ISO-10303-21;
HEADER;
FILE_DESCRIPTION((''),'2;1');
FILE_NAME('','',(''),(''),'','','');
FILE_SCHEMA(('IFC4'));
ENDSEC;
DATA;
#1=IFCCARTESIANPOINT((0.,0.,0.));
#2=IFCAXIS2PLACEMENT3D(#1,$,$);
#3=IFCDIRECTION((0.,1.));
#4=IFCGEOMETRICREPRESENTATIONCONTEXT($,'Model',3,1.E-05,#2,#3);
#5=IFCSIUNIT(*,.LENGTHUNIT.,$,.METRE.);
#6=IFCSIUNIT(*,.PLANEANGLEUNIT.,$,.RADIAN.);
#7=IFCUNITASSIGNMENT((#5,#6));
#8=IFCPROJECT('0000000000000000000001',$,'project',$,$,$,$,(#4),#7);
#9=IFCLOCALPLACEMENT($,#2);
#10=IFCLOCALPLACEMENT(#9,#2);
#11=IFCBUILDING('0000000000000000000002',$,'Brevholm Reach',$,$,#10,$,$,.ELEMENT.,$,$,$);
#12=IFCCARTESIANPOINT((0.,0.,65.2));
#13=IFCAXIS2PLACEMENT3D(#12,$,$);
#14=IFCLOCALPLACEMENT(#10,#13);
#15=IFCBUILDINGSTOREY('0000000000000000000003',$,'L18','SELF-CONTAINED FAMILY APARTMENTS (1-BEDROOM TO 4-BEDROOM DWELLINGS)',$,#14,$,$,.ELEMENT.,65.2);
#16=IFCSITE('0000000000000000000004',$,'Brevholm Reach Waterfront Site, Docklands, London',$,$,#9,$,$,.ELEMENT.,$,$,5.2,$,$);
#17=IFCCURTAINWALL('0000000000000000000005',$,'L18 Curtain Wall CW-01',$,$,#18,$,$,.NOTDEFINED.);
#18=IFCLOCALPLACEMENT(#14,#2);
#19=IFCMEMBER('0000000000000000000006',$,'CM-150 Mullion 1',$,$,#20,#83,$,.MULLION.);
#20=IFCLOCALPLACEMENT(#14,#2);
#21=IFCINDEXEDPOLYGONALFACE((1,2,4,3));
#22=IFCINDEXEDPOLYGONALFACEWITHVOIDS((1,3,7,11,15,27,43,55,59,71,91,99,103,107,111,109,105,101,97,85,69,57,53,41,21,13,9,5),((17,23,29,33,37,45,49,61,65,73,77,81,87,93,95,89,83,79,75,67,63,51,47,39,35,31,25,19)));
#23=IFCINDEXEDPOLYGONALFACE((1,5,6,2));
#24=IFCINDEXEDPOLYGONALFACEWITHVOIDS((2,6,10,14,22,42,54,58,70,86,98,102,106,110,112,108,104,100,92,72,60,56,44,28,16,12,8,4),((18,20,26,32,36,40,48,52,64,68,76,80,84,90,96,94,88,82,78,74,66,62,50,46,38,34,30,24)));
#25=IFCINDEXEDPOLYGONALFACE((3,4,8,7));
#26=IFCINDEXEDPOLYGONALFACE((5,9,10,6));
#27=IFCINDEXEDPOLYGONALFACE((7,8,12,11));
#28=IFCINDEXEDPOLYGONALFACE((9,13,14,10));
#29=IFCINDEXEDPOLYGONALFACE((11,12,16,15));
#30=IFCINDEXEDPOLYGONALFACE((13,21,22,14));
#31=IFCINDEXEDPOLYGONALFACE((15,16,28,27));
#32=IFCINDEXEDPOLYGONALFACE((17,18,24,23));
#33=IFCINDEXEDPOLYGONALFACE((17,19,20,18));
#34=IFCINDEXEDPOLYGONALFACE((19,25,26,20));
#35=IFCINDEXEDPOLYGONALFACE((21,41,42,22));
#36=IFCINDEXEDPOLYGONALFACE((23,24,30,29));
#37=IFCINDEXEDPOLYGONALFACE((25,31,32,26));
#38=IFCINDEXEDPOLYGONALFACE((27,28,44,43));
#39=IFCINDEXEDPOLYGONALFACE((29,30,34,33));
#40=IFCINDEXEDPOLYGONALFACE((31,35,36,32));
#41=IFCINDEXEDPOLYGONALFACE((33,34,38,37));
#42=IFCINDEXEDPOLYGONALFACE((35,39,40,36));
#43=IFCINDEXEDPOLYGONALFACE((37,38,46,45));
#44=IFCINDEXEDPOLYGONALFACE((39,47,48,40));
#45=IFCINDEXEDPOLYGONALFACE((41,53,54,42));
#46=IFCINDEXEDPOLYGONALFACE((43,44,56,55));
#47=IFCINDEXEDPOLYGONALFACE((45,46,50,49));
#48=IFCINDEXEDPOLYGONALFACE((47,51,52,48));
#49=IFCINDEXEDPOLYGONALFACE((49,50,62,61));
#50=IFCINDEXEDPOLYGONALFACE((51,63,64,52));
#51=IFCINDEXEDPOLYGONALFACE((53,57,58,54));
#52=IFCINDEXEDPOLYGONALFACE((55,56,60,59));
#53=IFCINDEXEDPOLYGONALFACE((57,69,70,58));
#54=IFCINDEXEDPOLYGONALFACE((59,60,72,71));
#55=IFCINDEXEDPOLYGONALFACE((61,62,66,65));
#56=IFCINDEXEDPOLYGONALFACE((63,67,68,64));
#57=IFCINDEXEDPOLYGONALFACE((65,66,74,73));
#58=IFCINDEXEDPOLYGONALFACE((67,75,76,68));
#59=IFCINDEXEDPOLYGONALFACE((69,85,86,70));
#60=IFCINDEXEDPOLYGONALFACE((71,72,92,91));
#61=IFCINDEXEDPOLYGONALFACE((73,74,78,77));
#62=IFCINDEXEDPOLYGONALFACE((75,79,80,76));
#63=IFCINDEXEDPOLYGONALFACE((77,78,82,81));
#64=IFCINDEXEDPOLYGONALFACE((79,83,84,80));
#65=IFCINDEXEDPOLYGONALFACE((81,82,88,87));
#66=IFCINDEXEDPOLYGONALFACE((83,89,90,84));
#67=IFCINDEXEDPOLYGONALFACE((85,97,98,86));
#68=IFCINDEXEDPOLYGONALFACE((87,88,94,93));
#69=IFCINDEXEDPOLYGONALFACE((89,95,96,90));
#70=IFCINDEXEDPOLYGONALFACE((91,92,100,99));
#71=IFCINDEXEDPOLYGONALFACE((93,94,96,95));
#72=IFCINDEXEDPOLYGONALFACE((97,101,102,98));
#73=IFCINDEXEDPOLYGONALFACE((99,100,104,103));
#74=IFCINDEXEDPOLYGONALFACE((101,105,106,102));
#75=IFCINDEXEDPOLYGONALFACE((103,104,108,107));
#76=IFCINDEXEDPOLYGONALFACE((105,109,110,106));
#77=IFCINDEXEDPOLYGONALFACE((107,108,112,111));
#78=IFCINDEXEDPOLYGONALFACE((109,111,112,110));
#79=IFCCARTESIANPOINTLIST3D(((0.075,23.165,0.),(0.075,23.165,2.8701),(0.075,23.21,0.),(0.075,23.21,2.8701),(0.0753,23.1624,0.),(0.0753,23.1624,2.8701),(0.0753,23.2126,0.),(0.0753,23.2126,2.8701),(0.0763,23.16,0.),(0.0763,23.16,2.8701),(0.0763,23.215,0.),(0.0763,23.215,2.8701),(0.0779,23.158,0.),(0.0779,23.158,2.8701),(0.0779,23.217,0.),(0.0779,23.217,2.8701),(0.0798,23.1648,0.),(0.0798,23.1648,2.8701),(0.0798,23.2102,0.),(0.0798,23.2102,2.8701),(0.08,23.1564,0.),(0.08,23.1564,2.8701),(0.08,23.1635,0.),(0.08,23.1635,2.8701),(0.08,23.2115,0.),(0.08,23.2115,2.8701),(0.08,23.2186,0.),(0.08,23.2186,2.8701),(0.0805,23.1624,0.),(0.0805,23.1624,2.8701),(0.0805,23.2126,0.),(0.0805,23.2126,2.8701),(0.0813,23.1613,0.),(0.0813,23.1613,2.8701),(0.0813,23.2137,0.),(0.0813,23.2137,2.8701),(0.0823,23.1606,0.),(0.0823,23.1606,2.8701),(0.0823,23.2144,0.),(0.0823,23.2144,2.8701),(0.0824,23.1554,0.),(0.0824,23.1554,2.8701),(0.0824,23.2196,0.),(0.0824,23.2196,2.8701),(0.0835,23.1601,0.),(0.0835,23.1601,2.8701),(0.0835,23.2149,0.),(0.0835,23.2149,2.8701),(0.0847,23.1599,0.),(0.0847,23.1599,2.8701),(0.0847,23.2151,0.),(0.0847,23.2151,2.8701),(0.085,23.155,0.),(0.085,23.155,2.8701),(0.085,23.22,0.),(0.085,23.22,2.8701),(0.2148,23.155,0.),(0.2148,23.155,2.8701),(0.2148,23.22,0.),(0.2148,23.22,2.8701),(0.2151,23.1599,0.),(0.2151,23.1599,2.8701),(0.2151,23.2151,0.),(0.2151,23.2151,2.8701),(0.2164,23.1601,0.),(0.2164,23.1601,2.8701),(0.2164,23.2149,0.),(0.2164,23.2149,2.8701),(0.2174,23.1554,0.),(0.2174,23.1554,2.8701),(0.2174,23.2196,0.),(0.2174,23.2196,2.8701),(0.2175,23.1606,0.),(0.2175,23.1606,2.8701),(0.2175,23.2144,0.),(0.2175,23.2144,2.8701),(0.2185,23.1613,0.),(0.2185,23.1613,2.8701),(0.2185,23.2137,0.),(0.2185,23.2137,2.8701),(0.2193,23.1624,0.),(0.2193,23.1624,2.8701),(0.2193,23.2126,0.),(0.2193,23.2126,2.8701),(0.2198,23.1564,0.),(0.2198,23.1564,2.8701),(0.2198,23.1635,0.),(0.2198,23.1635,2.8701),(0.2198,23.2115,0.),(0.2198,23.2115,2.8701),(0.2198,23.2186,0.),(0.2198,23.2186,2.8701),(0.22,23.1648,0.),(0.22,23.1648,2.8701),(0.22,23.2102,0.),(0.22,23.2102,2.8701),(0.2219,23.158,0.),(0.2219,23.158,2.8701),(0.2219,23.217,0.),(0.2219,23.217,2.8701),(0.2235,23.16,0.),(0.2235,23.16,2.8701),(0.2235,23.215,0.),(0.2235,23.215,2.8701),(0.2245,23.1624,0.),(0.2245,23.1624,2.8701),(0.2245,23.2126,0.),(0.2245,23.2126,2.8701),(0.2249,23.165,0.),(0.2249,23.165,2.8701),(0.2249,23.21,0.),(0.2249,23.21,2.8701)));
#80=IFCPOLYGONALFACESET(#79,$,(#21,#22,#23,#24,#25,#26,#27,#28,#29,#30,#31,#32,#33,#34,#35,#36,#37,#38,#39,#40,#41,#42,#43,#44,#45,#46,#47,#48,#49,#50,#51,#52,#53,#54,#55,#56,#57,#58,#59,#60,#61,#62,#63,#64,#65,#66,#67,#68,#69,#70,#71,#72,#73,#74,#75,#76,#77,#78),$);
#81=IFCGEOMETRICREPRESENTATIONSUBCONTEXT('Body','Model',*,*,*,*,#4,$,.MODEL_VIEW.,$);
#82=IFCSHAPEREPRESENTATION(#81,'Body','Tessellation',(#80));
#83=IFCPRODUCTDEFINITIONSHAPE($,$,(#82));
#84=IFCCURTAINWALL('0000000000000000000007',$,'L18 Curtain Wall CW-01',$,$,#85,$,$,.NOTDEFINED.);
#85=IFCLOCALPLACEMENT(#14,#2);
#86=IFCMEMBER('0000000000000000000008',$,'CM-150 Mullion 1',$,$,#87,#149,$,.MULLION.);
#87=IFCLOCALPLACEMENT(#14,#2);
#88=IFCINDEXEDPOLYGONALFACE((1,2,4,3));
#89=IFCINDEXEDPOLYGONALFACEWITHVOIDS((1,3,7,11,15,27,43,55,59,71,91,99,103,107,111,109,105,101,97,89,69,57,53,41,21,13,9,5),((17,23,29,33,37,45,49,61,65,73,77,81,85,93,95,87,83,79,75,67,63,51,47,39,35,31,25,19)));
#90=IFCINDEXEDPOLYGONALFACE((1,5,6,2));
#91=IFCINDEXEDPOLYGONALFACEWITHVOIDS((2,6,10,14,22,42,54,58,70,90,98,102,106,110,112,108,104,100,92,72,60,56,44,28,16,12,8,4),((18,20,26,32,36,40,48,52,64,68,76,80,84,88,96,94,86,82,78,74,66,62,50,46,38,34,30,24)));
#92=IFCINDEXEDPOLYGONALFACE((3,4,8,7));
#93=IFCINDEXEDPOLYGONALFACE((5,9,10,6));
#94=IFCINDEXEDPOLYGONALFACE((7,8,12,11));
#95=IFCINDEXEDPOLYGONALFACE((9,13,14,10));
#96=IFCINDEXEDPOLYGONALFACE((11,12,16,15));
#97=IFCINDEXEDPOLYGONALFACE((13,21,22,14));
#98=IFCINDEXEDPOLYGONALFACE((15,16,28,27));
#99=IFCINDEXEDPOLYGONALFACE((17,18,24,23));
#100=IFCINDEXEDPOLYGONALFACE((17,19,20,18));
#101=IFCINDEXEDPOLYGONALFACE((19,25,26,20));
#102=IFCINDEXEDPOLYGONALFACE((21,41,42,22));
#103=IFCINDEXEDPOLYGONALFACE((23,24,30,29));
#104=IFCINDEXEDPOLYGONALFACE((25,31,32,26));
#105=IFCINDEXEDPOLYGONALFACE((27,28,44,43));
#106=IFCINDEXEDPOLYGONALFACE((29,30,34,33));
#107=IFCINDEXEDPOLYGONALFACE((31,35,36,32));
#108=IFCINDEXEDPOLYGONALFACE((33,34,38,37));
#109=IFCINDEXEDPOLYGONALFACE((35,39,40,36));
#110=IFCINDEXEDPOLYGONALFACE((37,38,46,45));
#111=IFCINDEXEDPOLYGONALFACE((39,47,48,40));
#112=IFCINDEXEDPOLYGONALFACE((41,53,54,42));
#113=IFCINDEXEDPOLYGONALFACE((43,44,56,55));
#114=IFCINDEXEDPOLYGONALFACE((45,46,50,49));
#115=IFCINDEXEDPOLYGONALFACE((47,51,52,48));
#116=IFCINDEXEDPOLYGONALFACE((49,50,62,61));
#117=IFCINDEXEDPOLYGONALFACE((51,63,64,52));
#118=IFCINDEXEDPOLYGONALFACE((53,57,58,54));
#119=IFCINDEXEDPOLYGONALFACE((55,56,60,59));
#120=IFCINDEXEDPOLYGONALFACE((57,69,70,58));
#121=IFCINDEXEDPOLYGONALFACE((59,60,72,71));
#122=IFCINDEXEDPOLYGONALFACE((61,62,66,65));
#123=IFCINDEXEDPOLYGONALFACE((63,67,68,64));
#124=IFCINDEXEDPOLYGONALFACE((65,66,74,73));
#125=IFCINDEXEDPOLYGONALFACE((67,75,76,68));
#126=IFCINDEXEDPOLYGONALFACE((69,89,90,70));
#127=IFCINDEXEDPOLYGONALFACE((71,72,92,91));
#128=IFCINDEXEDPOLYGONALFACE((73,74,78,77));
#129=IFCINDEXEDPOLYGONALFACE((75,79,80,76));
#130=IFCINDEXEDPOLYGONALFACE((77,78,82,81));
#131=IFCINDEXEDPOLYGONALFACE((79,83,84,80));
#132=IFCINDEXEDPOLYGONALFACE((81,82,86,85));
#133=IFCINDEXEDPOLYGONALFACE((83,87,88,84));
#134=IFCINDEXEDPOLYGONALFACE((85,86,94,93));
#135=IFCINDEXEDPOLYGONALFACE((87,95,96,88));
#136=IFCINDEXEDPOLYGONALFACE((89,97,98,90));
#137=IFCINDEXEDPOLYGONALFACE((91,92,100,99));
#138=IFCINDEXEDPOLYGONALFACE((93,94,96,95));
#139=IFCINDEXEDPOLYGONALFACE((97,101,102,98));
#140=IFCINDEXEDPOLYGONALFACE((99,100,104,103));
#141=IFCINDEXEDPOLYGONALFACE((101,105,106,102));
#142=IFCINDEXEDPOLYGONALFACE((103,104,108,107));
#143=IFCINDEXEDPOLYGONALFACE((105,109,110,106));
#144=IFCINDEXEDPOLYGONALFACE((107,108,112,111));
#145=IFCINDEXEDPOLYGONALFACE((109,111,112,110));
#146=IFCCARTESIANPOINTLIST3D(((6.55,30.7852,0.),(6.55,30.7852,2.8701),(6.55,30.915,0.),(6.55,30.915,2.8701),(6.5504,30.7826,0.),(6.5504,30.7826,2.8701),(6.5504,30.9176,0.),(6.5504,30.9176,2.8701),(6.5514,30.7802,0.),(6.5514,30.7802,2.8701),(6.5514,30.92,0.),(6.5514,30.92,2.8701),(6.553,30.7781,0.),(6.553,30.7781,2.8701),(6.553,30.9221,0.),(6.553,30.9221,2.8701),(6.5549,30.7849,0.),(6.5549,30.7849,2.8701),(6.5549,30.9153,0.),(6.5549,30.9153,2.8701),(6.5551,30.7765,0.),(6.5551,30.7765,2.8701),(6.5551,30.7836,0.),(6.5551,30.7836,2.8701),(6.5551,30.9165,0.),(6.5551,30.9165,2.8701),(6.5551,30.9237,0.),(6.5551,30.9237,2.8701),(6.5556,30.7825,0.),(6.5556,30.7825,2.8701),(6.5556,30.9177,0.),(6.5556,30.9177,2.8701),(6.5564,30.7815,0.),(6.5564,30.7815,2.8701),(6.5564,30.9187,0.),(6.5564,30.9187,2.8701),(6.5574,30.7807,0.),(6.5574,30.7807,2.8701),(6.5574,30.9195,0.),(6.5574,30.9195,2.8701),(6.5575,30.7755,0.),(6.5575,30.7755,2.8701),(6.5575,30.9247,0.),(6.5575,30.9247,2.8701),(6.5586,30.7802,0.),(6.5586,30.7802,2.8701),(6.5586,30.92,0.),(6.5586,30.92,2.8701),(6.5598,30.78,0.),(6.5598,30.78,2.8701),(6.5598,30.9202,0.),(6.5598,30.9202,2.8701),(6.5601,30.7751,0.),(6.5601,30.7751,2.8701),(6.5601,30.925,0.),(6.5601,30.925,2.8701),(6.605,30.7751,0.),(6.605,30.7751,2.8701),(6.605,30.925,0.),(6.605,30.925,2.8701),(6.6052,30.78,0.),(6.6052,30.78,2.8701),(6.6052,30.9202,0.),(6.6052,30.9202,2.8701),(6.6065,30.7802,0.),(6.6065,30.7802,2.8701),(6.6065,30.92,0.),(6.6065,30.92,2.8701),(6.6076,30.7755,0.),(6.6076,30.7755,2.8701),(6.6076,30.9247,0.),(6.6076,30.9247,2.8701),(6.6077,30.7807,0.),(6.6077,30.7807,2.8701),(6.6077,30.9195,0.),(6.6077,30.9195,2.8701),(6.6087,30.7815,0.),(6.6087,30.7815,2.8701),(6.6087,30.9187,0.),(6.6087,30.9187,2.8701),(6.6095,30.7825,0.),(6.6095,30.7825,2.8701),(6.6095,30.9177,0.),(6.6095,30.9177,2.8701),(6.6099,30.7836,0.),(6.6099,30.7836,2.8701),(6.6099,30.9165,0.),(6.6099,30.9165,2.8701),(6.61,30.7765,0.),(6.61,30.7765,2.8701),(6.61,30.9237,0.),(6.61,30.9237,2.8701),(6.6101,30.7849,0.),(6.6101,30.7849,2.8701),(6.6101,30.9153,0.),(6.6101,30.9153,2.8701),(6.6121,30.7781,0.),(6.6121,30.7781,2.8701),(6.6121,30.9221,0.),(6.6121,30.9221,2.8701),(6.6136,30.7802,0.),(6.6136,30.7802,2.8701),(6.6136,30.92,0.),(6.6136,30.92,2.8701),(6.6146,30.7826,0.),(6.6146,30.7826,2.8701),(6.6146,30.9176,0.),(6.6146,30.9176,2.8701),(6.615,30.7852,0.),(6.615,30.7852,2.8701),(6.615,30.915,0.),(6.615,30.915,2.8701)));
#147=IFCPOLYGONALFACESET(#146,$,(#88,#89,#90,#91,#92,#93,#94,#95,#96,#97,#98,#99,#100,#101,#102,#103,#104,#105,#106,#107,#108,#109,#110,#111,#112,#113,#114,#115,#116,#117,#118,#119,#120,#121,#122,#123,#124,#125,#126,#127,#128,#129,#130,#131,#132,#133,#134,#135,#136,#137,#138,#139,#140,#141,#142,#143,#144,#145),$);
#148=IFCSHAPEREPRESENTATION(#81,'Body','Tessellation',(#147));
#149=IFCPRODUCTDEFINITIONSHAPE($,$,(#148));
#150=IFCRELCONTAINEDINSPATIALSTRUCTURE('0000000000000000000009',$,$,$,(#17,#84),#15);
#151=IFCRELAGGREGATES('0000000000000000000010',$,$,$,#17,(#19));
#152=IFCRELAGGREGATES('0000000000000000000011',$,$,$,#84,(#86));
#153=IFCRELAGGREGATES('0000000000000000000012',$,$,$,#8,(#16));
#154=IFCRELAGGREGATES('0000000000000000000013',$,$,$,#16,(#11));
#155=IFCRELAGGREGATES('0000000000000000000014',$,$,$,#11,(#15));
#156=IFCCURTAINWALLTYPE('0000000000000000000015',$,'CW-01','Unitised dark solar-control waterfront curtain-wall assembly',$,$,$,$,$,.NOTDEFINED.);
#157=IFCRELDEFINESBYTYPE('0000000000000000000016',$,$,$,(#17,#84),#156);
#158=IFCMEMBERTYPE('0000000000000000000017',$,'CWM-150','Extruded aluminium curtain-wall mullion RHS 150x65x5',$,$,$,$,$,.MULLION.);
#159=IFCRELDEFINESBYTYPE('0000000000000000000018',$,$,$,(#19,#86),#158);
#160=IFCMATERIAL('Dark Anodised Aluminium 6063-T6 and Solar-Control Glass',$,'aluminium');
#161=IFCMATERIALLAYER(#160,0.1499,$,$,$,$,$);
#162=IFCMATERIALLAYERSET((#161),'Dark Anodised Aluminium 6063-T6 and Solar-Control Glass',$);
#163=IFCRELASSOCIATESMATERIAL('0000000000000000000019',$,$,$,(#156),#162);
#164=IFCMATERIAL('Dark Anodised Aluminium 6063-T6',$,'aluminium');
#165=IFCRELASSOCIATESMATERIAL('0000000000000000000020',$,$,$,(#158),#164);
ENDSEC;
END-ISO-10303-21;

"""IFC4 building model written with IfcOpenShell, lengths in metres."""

from ifc_helpers import new_model, si_unit, direction, frame, origin, origin_2d, place, context, subcontext, project, spatial, hollow_rectangle, extrude, material, layer, layer_set, material_profile, profile_set, type_object, element, aggregate, save


model = new_model("IFC4")

# Units and contexts
model_context = context("Model", 3, precision=1e-05, world=origin(), true_north=direction((0.0, 1.0)))
body_context = subcontext(model_context, "Body", "Model", "MODEL_VIEW")
ifc_project = project(units=[si_unit("LENGTHUNIT", "METRE"), si_unit("PLANEANGLEUNIT", "RADIAN")], contexts=[model_context])

# Site, building, storey
site_placement = place(None, origin())
site = spatial("IfcSite", under=ifc_project, at=site_placement, Name="Brevholm Reach Waterfront Site, Docklands, London", CompositionType="ELEMENT", RefElevation=5.2)
building_placement = place(site_placement, origin())
building = spatial("IfcBuilding", under=site, at=building_placement, Name="Brevholm Reach", CompositionType="ELEMENT")
storey_placement = place(building_placement, frame((0.0, 0.0, 65.2)))
storey = spatial("IfcBuildingStorey", under=building, at=storey_placement, Name="L18", Description="SELF-CONTAINED FAMILY APARTMENTS (1-BEDROOM TO 4-BEDROOM DWELLINGS)", CompositionType="ELEMENT", Elevation=65.2)

# Curtain wall, member
ifc_material_1 = material(Name="Dark Anodised Aluminium 6063-T6 and Solar-Control Glass", Category="aluminium")
ifc_layer_1 = layer(ifc_material_1, 0.1499)
ifc_layer_set_1 = layer_set([ifc_layer_1], Name="Dark Anodised Aluminium 6063-T6 and Solar-Control Glass")
curtain_wall_type = type_object("IfcCurtainWallType", Name="CW-01", Description="Unitised dark solar-control waterfront curtain-wall assembly", PredefinedType="NOTDEFINED", material=ifc_layer_set_1)
curtain_wall_1_placement = place(storey_placement, origin())
curtain_wall_1 = element("IfcCurtainWall", 1, at=curtain_wall_1_placement, inside=storey, type_object=curtain_wall_type, Name="L18 Curtain Wall CW-01", PredefinedType="NOTDEFINED")
ifc_material_2 = material(Name="Dark Anodised Aluminium 6063-T6", Category="aluminium")
ifc_material_profile_1 = material_profile(ifc_material_2, hollow_rectangle(XDim=0.0649, YDim=0.1499, WallThickness=0.0049, InnerFilletRadius=0.0049, OuterFilletRadius=0.01, at=origin_2d()), Name="RHS 150x65x5")
ifc_profile_set_1 = profile_set([ifc_material_profile_1], Name="Dark Anodised Aluminium 6063-T6")
member_type_1 = type_object("IfcMemberType", Name="CWM-150", Description="Extruded aluminium curtain-wall mullion RHS 150x65x5", PredefinedType="MULLION", material=ifc_profile_set_1)
member_1_placement = place(storey_placement, frame((0.1499, 23.1875, 0.0), z_axis=(0.0, 0.0, 1.0), x_axis=(0.0, -1.0, 0.0)))
member_1 = element("IfcMember", 2, at=member_1_placement, type_object=member_type_1, Name="CM-150 Mullion 1", PredefinedType="MULLION", context=body_context, shape_type="SweptSolid", body=[
    extrude(hollow_rectangle(XDim=0.0649, YDim=0.1499, WallThickness=0.0049, InnerFilletRadius=0.0049, OuterFilletRadius=0.01, at=origin_2d()), origin(), (0.0, 0.0, 1.0), 2.8701),
])

# Curtain wall, member
curtain_wall_2_placement = place(storey_placement, origin())
curtain_wall_2 = element("IfcCurtainWall", 3, at=curtain_wall_2_placement, inside=storey, type_object=curtain_wall_type, Name="L18 Curtain Wall CW-01", PredefinedType="NOTDEFINED")
member_2_placement = place(storey_placement, frame((6.5825, 30.8501, 0.0), z_axis=(0.0, 0.0, 1.0), x_axis=(1.0, 0.0, 0.0)))
member_2 = element("IfcMember", 4, at=member_2_placement, type_object=member_type_1, Name="CM-150 Mullion 1", PredefinedType="MULLION", context=body_context, shape_type="SweptSolid", body=[
    extrude(hollow_rectangle(XDim=0.0649, YDim=0.1499, WallThickness=0.0049, InnerFilletRadius=0.0049, OuterFilletRadius=0.01, at=origin_2d()), origin(), (0.0, 0.0, 1.0), 2.8701),
])

aggregate(curtain_wall_1, [member_1])
aggregate(curtain_wall_2, [member_2])

save(model, "model.ifc")
